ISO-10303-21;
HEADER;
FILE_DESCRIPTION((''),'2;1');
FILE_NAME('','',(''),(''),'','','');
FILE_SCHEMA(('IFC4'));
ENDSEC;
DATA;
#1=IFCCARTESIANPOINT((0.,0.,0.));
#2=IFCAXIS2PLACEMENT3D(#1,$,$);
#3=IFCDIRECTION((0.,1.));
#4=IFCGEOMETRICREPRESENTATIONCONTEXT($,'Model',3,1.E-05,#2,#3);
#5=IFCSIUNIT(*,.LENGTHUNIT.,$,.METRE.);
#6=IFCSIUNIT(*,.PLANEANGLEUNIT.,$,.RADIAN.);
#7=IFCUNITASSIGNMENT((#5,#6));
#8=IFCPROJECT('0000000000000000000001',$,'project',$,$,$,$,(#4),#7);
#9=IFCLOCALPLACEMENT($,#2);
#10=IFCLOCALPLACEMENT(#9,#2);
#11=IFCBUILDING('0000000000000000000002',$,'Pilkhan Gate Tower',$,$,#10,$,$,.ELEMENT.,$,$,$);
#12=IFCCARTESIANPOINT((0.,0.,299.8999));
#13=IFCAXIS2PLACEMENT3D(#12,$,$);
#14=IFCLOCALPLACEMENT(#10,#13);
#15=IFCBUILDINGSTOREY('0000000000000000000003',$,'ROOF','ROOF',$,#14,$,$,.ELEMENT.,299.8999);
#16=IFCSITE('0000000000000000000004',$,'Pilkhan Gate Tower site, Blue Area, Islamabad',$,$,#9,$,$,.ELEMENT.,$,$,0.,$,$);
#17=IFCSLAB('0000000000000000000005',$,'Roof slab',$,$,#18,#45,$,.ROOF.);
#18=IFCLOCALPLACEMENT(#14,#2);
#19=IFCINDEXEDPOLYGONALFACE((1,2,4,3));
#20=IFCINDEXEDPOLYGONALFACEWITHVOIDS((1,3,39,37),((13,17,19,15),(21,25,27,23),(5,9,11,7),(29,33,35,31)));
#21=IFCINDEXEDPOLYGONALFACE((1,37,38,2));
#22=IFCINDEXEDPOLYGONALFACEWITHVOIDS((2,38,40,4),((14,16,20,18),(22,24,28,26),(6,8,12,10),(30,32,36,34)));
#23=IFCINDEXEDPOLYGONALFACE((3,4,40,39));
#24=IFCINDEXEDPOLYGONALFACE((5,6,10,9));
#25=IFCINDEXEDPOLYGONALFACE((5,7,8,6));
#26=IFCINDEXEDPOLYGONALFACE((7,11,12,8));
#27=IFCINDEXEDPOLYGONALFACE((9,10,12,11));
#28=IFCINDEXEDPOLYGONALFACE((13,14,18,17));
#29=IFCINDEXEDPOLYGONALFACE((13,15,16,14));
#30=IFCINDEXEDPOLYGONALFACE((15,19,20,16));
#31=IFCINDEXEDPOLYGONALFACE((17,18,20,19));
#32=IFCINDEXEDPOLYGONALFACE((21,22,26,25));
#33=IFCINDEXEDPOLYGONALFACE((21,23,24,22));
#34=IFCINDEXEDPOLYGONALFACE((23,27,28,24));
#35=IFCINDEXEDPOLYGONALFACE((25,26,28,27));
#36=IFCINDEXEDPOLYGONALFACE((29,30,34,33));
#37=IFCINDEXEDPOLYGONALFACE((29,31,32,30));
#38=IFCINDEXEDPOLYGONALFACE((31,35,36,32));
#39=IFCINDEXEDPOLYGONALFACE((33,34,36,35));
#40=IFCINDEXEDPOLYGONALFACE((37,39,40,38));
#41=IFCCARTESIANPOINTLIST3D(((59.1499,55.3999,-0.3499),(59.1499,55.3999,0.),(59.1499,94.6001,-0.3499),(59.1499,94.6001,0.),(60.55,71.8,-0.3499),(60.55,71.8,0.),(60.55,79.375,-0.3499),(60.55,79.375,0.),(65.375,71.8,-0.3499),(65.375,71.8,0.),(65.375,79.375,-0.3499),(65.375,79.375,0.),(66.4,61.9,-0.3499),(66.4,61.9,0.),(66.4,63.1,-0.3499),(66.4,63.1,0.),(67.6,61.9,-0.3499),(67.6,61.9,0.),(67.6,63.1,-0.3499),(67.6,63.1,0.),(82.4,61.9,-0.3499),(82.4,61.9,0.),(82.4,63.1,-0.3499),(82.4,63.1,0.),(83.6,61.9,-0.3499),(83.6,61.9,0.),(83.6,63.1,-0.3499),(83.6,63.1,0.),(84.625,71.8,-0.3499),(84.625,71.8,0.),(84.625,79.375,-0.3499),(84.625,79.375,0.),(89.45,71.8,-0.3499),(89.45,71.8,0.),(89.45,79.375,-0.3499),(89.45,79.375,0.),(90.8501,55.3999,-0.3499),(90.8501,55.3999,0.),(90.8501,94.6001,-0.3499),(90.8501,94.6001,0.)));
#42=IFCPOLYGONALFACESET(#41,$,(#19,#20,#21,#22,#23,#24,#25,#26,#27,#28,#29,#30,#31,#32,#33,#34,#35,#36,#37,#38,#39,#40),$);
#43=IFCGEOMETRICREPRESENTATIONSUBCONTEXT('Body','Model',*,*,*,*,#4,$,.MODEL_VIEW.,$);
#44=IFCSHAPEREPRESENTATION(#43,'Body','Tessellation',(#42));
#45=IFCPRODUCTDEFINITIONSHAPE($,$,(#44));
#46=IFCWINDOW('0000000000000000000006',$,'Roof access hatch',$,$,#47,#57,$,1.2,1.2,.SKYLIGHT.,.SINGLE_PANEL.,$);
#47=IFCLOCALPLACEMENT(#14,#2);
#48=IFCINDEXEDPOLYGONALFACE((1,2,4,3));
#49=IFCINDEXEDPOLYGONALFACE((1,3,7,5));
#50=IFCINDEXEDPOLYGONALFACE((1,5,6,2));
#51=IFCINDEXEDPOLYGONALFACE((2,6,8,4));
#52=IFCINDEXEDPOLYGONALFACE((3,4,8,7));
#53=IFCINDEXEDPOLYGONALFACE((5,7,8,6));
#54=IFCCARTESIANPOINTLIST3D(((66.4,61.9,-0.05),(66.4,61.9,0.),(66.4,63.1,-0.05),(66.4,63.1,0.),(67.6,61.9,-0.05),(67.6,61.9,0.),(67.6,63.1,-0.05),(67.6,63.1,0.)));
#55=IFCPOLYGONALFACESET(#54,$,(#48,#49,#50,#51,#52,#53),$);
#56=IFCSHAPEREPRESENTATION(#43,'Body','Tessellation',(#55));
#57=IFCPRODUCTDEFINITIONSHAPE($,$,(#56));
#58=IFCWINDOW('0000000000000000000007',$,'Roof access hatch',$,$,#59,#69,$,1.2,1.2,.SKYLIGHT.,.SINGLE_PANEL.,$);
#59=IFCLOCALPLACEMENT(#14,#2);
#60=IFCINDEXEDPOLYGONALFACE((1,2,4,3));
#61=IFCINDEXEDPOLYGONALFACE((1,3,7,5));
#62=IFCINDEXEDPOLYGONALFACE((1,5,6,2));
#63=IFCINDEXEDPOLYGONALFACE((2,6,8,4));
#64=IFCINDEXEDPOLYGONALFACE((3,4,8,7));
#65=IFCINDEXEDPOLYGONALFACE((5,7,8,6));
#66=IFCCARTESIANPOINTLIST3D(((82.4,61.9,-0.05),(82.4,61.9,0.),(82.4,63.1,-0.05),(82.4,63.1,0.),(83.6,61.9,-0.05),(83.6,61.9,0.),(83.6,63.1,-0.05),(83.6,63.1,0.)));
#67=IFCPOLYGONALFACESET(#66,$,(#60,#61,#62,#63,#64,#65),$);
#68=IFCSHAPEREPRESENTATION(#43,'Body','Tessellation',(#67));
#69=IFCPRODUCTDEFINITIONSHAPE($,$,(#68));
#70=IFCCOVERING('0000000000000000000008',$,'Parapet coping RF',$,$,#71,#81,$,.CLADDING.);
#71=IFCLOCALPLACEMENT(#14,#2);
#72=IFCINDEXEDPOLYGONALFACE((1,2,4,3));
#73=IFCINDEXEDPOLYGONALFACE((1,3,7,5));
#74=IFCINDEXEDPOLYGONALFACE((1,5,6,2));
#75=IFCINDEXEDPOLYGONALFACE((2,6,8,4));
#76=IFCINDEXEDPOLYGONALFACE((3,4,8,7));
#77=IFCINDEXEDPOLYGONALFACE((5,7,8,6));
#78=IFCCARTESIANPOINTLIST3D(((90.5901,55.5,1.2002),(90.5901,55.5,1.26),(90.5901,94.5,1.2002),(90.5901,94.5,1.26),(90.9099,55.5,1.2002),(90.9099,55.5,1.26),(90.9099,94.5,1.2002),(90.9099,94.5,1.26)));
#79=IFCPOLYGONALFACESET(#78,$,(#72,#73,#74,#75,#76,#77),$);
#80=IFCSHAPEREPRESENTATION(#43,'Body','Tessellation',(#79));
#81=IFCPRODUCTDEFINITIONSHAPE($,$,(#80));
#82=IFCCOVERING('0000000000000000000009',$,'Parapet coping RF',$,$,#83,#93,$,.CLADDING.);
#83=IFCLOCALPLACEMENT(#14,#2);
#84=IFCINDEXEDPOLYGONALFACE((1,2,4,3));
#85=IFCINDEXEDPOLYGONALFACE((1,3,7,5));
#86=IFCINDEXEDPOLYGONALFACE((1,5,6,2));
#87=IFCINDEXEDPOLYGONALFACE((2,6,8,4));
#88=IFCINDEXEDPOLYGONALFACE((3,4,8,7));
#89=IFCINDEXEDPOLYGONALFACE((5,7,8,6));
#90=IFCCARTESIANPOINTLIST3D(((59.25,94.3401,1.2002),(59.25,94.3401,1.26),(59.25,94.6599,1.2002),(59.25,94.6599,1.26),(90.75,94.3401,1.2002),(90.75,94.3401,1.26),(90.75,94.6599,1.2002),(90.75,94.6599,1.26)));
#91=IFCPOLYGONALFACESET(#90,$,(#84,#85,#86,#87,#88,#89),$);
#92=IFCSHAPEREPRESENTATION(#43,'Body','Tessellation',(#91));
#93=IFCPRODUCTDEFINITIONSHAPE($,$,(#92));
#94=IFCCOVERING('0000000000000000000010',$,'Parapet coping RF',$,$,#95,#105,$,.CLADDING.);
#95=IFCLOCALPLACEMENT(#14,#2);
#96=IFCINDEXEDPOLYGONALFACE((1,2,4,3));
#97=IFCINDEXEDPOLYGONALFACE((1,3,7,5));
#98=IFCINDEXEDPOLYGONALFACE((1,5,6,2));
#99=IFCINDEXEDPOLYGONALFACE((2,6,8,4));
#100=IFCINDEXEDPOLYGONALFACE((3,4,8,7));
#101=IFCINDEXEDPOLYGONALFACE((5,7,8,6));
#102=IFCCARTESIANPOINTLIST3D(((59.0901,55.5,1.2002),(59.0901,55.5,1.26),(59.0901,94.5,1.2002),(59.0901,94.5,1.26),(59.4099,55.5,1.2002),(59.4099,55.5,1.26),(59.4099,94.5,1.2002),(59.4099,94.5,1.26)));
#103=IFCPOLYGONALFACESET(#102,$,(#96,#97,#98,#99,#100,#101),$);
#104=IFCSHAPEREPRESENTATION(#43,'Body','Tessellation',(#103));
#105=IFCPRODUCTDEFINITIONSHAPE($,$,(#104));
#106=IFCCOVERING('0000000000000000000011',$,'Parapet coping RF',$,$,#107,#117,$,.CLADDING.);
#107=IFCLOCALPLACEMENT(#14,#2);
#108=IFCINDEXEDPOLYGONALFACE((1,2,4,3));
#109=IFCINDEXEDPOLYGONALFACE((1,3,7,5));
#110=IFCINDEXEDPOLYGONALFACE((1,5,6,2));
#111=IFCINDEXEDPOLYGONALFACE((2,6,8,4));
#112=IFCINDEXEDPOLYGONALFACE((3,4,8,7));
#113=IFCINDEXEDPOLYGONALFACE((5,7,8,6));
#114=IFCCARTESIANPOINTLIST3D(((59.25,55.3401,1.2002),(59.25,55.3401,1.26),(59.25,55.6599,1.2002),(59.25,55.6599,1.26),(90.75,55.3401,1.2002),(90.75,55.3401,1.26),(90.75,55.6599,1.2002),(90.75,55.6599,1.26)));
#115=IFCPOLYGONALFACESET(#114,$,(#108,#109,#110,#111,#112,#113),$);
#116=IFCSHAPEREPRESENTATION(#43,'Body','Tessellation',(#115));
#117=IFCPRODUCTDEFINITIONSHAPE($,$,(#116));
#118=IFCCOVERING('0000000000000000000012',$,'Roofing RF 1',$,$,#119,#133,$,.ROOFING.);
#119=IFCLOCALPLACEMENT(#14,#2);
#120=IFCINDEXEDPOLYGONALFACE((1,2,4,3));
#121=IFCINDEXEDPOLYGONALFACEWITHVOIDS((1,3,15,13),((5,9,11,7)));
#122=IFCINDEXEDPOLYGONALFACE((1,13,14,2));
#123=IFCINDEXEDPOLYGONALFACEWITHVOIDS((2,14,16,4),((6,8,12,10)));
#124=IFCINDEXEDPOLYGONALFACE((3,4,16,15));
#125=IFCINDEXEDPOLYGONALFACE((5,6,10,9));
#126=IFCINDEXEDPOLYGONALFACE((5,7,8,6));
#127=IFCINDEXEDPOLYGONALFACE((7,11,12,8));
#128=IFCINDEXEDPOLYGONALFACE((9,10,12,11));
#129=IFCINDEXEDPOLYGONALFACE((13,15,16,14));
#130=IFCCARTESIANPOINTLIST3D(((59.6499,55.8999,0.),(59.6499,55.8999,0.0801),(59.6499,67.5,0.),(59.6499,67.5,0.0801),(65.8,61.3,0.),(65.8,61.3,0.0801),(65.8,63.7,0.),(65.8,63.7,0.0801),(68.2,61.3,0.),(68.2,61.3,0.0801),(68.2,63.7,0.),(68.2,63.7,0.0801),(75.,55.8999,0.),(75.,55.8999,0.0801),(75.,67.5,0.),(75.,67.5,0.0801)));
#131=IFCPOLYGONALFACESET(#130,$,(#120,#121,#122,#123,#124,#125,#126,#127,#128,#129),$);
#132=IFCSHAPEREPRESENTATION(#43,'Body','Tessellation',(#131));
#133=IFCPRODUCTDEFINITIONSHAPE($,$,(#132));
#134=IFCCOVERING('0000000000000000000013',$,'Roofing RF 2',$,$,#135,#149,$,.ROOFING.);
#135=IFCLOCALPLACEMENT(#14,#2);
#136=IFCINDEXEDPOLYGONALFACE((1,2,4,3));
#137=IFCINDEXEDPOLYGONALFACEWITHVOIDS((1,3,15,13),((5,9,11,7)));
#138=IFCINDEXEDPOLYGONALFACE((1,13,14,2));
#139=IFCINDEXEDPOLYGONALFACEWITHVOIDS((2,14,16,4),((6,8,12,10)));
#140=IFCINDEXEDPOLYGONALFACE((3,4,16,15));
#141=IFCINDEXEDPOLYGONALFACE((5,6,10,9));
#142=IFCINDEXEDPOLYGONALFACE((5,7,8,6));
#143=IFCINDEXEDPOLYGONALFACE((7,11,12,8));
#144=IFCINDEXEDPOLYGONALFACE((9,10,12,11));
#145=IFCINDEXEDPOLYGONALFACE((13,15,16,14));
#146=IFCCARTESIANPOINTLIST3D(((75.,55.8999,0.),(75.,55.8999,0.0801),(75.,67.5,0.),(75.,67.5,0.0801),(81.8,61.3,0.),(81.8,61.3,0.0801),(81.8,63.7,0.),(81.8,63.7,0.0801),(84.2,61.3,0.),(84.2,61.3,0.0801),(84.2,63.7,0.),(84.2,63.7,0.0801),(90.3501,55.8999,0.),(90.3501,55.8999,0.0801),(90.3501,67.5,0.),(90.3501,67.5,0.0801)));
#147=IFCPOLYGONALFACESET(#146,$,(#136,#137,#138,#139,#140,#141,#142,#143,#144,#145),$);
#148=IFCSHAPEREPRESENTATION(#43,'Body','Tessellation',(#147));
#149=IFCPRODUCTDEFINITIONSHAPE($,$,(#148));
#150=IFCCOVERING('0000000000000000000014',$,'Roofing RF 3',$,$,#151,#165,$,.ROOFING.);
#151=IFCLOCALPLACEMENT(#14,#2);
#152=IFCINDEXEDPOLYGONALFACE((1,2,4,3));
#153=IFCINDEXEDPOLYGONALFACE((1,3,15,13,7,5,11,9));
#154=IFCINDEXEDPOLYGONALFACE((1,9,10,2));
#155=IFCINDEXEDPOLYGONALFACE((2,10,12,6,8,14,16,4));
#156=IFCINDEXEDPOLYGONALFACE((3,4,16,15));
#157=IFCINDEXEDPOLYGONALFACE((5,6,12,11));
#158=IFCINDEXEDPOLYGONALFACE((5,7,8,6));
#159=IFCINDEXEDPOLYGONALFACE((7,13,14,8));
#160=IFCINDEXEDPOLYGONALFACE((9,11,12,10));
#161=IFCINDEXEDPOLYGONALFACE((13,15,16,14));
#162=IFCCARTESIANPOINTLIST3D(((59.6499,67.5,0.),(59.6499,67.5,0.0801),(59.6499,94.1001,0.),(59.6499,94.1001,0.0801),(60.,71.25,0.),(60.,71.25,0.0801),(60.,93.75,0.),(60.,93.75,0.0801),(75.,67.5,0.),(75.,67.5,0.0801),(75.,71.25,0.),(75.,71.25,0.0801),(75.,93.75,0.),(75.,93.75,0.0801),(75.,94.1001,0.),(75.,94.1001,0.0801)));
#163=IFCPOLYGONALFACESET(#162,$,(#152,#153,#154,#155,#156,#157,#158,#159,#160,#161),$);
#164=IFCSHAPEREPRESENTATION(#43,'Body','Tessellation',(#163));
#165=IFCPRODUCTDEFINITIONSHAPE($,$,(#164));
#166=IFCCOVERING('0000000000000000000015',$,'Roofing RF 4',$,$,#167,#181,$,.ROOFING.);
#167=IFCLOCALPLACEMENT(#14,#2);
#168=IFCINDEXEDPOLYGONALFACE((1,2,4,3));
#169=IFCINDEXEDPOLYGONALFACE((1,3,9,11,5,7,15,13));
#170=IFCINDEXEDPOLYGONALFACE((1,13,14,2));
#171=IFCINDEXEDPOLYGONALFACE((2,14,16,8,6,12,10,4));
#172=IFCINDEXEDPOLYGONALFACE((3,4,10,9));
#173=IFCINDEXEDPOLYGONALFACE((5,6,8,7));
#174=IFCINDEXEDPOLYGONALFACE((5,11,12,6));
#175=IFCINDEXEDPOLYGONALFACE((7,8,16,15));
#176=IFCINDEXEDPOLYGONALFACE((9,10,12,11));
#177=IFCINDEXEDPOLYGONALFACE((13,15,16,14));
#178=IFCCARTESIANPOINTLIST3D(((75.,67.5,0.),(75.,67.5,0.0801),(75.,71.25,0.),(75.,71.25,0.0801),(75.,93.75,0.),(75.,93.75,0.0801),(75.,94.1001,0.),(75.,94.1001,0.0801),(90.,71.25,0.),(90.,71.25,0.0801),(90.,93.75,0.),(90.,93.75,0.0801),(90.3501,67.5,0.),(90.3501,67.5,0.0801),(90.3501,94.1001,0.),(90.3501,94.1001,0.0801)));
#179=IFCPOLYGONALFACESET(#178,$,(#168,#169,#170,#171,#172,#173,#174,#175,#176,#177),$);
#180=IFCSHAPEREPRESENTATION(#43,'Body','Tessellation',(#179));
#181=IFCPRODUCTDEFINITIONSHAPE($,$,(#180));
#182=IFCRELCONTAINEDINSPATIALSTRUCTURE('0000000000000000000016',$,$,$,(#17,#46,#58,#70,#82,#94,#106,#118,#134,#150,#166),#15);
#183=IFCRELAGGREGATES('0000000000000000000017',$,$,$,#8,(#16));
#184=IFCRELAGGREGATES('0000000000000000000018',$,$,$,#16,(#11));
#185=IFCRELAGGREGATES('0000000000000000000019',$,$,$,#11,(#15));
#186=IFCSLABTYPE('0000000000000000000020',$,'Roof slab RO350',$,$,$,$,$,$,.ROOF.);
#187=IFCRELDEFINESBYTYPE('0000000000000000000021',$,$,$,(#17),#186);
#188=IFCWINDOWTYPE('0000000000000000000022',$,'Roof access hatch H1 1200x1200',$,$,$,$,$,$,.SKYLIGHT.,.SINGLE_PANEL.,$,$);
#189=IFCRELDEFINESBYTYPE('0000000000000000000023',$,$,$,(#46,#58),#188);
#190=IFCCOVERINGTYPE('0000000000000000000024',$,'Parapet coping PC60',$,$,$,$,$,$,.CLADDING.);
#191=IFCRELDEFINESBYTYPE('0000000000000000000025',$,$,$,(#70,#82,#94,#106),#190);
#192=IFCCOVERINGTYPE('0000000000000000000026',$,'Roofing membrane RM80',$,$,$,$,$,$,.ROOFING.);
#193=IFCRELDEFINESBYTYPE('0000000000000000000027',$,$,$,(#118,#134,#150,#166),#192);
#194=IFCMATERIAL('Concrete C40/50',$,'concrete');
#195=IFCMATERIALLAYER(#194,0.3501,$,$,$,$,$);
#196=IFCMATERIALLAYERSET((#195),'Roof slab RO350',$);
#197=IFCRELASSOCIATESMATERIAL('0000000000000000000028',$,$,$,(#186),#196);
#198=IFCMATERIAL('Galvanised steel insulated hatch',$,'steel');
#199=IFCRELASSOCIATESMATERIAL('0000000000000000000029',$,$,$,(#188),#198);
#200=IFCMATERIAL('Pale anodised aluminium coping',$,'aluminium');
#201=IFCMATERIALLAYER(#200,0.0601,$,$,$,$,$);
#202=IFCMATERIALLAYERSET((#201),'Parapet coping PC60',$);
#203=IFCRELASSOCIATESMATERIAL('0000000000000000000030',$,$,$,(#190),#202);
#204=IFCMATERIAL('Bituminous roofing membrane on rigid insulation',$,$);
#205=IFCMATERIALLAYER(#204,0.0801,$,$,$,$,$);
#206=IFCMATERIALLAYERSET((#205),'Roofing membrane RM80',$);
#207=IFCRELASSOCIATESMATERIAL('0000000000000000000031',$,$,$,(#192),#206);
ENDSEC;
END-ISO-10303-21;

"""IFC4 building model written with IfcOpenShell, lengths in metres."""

from ifc_helpers import new_model, si_unit, direction, frame, origin, origin_2d, place, context, subcontext, project, spatial, polyline, rectangle, outline, extrude, material, layer, layer_set, type_object, element, fill, save


model = new_model("IFC4")

# Units and contexts
model_context = context("Model", 3, precision=1e-05, world=origin(), true_north=direction((0.0, 1.0)))
body_context = subcontext(model_context, "Body", "Model", "MODEL_VIEW")
ifc_project = project(units=[si_unit("LENGTHUNIT", "METRE"), si_unit("PLANEANGLEUNIT", "RADIAN")], contexts=[model_context])

# Site, building, storey
site_placement = place(None, origin())
site = spatial("IfcSite", under=ifc_project, at=site_placement, Name="Pilkhan Gate Tower site, Blue Area, Islamabad", CompositionType="ELEMENT", RefElevation=0.0)
building_placement = place(site_placement, origin())
building = spatial("IfcBuilding", under=site, at=building_placement, Name="Pilkhan Gate Tower", CompositionType="ELEMENT")
storey_placement = place(building_placement, frame((0.0, 0.0, 299.8999)))
storey = spatial("IfcBuildingStorey", under=building, at=storey_placement, Name="ROOF", Description="ROOF", CompositionType="ELEMENT", Elevation=299.8999)

# Slab, openings, windows
ifc_material_1 = material(Name="Concrete C40/50", Category="concrete")
ifc_layer_1 = layer(ifc_material_1, 0.3501)
ifc_layer_set_1 = layer_set([ifc_layer_1], Name="Roof slab RO350")
slab_type = type_object("IfcSlabType", Name="Roof slab RO350", PredefinedType="ROOF", material=ifc_layer_set_1)
slab_placement = place(storey_placement, frame((0.0, 0.0, -0.3499)))
slab = element("IfcSlab", 1, at=slab_placement, inside=storey, type_object=slab_type, Name="Roof slab", PredefinedType="ROOF", context=body_context, shape_type="SweptSolid", body=[
    extrude(outline(polyline([(90.8501, 55.3999), (59.1499, 55.3999), (59.1499, 94.6001), (90.8501, 94.6001), (90.8501, 55.3999)]), holes=[polyline([(84.625, 71.8), (89.45, 71.8), (89.45, 79.375), (84.625, 79.375), (84.625, 71.8)]), polyline([(60.55, 71.8), (65.375, 71.8), (65.375, 79.375), (60.55, 79.375), (60.55, 71.8)])]), origin(), (0.0, 0.0, 1.0), 0.3499),
])
opening_1_placement = place(slab_placement, frame((67.0, 62.5, 0.0)))
opening_1 = element("IfcOpeningElement", 2, at=opening_1_placement, cuts=slab, PredefinedType="OPENING", context=body_context, shape_type="SweptSolid", body=[
    extrude(rectangle(XDim=1.2, YDim=1.2, at=origin_2d()), frame((0.0, 0.0, -0.01)), (0.0, 0.0, 1.0), 0.3699),
])
opening_2_placement = place(slab_placement, frame((83.0, 62.5, 0.0)))
opening_2 = element("IfcOpeningElement", 3, at=opening_2_placement, cuts=slab, PredefinedType="OPENING", context=body_context, shape_type="SweptSolid", body=[
    extrude(rectangle(XDim=1.2, YDim=1.2, at=origin_2d()), frame((0.0, 0.0, -0.01)), (0.0, 0.0, 1.0), 0.3699),
])
ifc_material_2 = material(Name="Galvanised steel insulated hatch", Category="steel")
window_type = type_object("IfcWindowType", Name="Roof access hatch H1 1200x1200", PartitioningType="SINGLE_PANEL", PredefinedType="SKYLIGHT", material=ifc_material_2)
window_1_placement = place(opening_1_placement, frame((0.0, 0.0, 0.2998)))
window_1 = element("IfcWindow", 4, at=window_1_placement, inside=storey, type_object=window_type, Name="Roof access hatch", OverallHeight=1.2, OverallWidth=1.2, PartitioningType="SINGLE_PANEL", PredefinedType="SKYLIGHT", context=body_context, shape_type="SweptSolid", body=[
    extrude(rectangle(XDim=1.2, YDim=1.2, at=origin_2d()), origin(), (0.0, 0.0, 1.0), 0.05),
])
fill(opening_1, window_1)
window_2_placement = place(opening_2_placement, frame((0.0, 0.0, 0.2998)))
window_2 = element("IfcWindow", 5, at=window_2_placement, inside=storey, type_object=window_type, Name="Roof access hatch", OverallHeight=1.2, OverallWidth=1.2, PartitioningType="SINGLE_PANEL", PredefinedType="SKYLIGHT", context=body_context, shape_type="SweptSolid", body=[
    extrude(rectangle(XDim=1.2, YDim=1.2, at=origin_2d()), origin(), (0.0, 0.0, 1.0), 0.05),
])
fill(opening_2, window_2)

# Coverings
ifc_material_3 = material(Name="Pale anodised aluminium coping", Category="aluminium")
ifc_layer_2 = layer(ifc_material_3, 0.0601)
ifc_layer_set_2 = layer_set([ifc_layer_2], Name="Parapet coping PC60")
covering_type_1 = type_object("IfcCoveringType", Name="Parapet coping PC60", PredefinedType="CLADDING", material=ifc_layer_set_2)
covering_1_placement = place(storey_placement, frame((0.0, 0.0, 1.2002)))
element("IfcCovering", 6, at=covering_1_placement, inside=storey, type_object=covering_type_1, Name="Parapet coping RF", PredefinedType="CLADDING", context=body_context, shape_type="SweptSolid", body=[
    extrude(outline(polyline([(90.5901, 94.5), (90.9099, 94.5), (90.9099, 55.5), (90.5901, 55.5), (90.5901, 94.5)])), origin(), (0.0, 0.0, 1.0), 0.0598),
])
covering_2_placement = place(storey_placement, frame((0.0, 0.0, 1.2002)))
element("IfcCovering", 7, at=covering_2_placement, inside=storey, type_object=covering_type_1, Name="Parapet coping RF", PredefinedType="CLADDING", context=body_context, shape_type="SweptSolid", body=[
    extrude(outline(polyline([(90.75, 94.6599), (90.75, 94.3401), (59.25, 94.3401), (59.25, 94.6599), (90.75, 94.6599)])), origin(), (0.0, 0.0, 1.0), 0.0598),
])
covering_3_placement = place(storey_placement, frame((0.0, 0.0, 1.2002)))
element("IfcCovering", 8, at=covering_3_placement, inside=storey, type_object=covering_type_1, Name="Parapet coping RF", PredefinedType="CLADDING", context=body_context, shape_type="SweptSolid", body=[
    extrude(outline(polyline([(59.0901, 94.5), (59.4099, 94.5), (59.4099, 55.5), (59.0901, 55.5), (59.0901, 94.5)])), origin(), (0.0, 0.0, 1.0), 0.0598),
])
covering_4_placement = place(storey_placement, frame((0.0, 0.0, 1.2002)))
element("IfcCovering", 9, at=covering_4_placement, inside=storey, type_object=covering_type_1, Name="Parapet coping RF", PredefinedType="CLADDING", context=body_context, shape_type="SweptSolid", body=[
    extrude(outline(polyline([(90.75, 55.6599), (90.75, 55.3401), (59.25, 55.3401), (59.25, 55.6599), (90.75, 55.6599)])), origin(), (0.0, 0.0, 1.0), 0.0598),
])
ifc_material_4 = material(Name="Bituminous roofing membrane on rigid insulation")
ifc_layer_3 = layer(ifc_material_4, 0.0801)
ifc_layer_set_3 = layer_set([ifc_layer_3], Name="Roofing membrane RM80")
covering_type_2 = type_object("IfcCoveringType", Name="Roofing membrane RM80", PredefinedType="ROOFING", material=ifc_layer_set_3)
covering_5_placement = place(storey_placement, origin())
element("IfcCovering", 10, at=covering_5_placement, inside=storey, type_object=covering_type_2, Name="Roofing RF 1", PredefinedType="ROOFING", context=body_context, shape_type="SweptSolid", body=[
    extrude(outline(polyline([(59.6499, 55.8999), (59.6499, 67.5), (75.0, 67.5), (75.0, 55.8999), (59.6499, 55.8999)]), holes=[polyline([(65.8, 63.7), (65.8, 61.3), (68.2, 61.3), (68.2, 63.7), (65.8, 63.7)])]), origin(), (0.0, 0.0, 1.0), 0.0801),
])
covering_6_placement = place(storey_placement, origin())
element("IfcCovering", 11, at=covering_6_placement, inside=storey, type_object=covering_type_2, Name="Roofing RF 2", PredefinedType="ROOFING", context=body_context, shape_type="SweptSolid", body=[
    extrude(outline(polyline([(90.3501, 55.8999), (75.0, 55.8999), (75.0, 67.5), (90.3501, 67.5), (90.3501, 55.8999)]), holes=[polyline([(81.8, 63.7), (81.8, 61.3), (84.2, 61.3), (84.2, 63.7), (81.8, 63.7)])]), origin(), (0.0, 0.0, 1.0), 0.0801),
])
covering_7_placement = place(storey_placement, origin())
element("IfcCovering", 12, at=covering_7_placement, inside=storey, type_object=covering_type_2, Name="Roofing RF 3", PredefinedType="ROOFING", context=body_context, shape_type="SweptSolid", body=[
    extrude(outline(polyline([(75.0, 94.1001), (75.0, 93.75), (60.0, 93.75), (60.0, 71.25), (75.0, 71.25), (75.0, 67.5), (59.6499, 67.5), (59.6499, 94.1001), (75.0, 94.1001)])), origin(), (0.0, 0.0, 1.0), 0.0801),
])
covering_8_placement = place(storey_placement, origin())
element("IfcCovering", 13, at=covering_8_placement, inside=storey, type_object=covering_type_2, Name="Roofing RF 4", PredefinedType="ROOFING", context=body_context, shape_type="SweptSolid", body=[
    extrude(outline(polyline([(90.3501, 94.1001), (90.3501, 67.5), (75.0, 67.5), (75.0, 71.25), (90.0, 71.25), (90.0, 93.75), (75.0, 93.75), (75.0, 94.1001), (90.3501, 94.1001)])), origin(), (0.0, 0.0, 1.0), 0.0801),
])

save(model, "model.ifc")
